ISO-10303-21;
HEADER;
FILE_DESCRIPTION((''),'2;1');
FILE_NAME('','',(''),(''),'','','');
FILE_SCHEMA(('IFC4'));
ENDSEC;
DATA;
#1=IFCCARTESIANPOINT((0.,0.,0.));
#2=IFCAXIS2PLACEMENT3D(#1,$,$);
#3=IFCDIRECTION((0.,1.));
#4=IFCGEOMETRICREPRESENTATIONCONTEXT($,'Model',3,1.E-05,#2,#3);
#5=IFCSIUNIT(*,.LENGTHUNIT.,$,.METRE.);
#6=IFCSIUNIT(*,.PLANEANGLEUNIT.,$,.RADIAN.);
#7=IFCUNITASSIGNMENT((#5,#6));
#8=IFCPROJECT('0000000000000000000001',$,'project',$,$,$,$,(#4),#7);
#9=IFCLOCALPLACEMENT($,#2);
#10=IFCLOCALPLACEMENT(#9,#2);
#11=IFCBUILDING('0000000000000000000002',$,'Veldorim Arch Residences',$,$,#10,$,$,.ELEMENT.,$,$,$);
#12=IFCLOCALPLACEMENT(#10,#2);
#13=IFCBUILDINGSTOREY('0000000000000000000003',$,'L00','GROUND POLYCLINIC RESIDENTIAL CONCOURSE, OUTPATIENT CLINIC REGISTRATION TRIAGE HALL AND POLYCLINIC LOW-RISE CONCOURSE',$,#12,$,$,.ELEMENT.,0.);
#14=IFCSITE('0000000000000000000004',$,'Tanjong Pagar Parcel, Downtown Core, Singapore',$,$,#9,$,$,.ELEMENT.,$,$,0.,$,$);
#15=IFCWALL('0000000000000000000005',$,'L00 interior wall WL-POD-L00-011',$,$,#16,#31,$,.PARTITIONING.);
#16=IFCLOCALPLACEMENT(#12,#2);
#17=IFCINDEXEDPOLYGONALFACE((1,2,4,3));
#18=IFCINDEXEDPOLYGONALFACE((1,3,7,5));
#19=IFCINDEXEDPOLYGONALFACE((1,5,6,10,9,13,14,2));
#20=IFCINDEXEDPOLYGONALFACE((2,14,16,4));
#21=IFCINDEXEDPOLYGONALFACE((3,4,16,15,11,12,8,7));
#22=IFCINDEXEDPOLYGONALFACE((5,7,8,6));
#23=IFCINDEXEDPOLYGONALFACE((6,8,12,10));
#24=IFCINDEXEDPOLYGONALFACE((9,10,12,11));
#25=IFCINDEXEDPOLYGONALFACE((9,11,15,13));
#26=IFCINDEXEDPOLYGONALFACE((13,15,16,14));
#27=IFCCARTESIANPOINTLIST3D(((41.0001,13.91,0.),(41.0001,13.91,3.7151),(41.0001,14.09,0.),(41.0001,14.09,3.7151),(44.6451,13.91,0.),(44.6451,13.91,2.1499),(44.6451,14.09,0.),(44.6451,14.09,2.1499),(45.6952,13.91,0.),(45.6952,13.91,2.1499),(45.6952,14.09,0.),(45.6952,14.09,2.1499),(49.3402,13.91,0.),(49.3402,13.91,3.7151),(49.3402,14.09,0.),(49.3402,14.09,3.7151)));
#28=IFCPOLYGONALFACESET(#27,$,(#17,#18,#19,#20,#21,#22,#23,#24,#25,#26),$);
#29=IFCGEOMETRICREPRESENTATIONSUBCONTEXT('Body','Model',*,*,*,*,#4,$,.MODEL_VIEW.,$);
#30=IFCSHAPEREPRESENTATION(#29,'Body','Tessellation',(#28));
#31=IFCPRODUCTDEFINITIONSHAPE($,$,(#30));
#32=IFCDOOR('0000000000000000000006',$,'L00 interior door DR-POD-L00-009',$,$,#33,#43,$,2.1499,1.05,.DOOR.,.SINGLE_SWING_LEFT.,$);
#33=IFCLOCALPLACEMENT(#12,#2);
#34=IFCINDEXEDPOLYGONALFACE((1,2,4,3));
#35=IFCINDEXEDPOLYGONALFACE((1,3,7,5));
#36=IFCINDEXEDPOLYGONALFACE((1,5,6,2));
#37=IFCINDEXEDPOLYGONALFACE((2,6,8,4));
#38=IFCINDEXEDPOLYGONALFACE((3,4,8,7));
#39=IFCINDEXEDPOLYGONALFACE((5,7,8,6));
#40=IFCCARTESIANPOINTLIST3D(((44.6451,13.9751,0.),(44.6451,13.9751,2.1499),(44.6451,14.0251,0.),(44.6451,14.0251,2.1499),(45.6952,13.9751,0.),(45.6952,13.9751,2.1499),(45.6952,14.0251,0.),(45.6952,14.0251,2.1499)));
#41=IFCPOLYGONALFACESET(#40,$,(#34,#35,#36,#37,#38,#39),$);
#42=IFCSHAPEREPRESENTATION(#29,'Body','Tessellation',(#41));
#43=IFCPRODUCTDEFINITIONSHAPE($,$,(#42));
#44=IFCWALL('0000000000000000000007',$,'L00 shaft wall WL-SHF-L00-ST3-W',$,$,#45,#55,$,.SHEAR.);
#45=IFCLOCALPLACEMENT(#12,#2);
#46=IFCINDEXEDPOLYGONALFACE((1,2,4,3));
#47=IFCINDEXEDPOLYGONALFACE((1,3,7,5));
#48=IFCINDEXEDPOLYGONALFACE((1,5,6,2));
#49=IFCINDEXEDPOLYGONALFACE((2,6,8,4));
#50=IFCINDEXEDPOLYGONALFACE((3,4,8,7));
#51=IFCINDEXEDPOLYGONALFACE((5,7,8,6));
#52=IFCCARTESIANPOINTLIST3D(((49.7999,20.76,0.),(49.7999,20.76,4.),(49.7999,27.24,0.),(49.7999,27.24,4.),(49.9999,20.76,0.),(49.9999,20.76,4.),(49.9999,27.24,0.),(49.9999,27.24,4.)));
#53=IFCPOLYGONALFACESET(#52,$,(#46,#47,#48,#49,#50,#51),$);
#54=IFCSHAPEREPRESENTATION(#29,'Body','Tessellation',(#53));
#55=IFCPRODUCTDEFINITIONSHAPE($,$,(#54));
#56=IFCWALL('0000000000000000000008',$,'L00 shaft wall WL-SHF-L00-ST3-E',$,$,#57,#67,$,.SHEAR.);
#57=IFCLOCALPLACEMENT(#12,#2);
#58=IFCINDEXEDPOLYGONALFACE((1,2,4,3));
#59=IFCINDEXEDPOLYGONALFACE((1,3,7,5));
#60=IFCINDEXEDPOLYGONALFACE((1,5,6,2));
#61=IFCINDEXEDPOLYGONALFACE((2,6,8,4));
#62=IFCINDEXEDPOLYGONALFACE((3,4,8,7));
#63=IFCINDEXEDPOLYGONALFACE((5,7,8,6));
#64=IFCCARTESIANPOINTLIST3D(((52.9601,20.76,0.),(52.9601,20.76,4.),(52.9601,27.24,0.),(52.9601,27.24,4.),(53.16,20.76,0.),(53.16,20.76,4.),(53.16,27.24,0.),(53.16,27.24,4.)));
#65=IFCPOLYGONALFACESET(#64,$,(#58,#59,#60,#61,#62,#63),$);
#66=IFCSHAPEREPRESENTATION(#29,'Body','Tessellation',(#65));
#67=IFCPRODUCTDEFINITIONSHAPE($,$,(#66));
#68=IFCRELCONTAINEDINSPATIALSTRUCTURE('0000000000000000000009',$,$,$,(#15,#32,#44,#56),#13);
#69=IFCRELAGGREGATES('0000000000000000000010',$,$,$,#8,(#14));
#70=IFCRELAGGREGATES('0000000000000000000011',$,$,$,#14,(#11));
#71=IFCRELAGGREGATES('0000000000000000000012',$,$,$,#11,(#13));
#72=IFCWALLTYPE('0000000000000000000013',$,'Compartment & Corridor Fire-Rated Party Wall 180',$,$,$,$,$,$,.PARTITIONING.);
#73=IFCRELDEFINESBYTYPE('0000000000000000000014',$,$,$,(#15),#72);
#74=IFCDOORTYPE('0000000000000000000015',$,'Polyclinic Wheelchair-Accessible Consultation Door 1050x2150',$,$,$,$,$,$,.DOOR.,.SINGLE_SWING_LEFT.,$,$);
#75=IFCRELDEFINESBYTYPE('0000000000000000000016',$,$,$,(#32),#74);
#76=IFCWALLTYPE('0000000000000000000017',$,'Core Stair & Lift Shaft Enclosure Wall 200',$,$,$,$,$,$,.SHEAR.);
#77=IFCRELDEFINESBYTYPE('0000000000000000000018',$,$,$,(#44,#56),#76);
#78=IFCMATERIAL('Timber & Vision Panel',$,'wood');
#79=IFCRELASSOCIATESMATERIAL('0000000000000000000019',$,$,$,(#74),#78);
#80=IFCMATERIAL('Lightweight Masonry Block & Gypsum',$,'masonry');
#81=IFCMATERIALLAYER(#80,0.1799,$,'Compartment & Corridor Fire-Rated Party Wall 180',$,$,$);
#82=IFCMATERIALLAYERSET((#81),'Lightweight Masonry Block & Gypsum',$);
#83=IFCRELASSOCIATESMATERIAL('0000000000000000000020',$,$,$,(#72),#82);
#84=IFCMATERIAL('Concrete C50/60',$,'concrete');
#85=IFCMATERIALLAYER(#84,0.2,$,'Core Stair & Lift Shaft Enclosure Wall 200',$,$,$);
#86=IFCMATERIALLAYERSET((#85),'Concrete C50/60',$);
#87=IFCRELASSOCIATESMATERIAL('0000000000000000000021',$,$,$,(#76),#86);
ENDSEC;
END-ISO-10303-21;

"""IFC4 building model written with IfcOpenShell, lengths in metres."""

from ifc_helpers import new_model, si_unit, direction, frame, frame_2d, origin, place, context, subcontext, project, spatial, rectangle, extrude, material, layer, layer_set, type_object, element, fill, save


model = new_model("IFC4")

# Units and contexts
model_context = context("Model", 3, precision=1e-05, world=origin(), true_north=direction((0.0, 1.0)))
body_context = subcontext(model_context, "Body", "Model", "MODEL_VIEW")
ifc_project = project(units=[si_unit("LENGTHUNIT", "METRE"), si_unit("PLANEANGLEUNIT", "RADIAN")], contexts=[model_context])

# Site, building, storey
site_placement = place(None, origin())
site = spatial("IfcSite", under=ifc_project, at=site_placement, Name="Tanjong Pagar Parcel, Downtown Core, Singapore", CompositionType="ELEMENT", RefElevation=0.0)
building_placement = place(site_placement, origin())
building = spatial("IfcBuilding", under=site, at=building_placement, Name="Veldorim Arch Residences", CompositionType="ELEMENT")
storey_placement = place(building_placement, origin())
storey = spatial("IfcBuildingStorey", under=building, at=storey_placement, Name="L00", Description="GROUND POLYCLINIC RESIDENTIAL CONCOURSE, OUTPATIENT CLINIC REGISTRATION TRIAGE HALL AND POLYCLINIC LOW-RISE CONCOURSE", CompositionType="ELEMENT", Elevation=0.0)

# Shared definitions
ifc_material_1 = material(Name="Timber & Vision Panel", Category="wood")
door_type_1 = type_object("IfcDoorType", Name="Polyclinic Wheelchair-Accessible Consultation Door 1050x2150", OperationType="SINGLE_SWING_LEFT", PredefinedType="DOOR", material=ifc_material_1)

# Shared definitions
ifc_material_2 = material(Name="Lightweight Masonry Block & Gypsum", Category="masonry")
ifc_layer_1 = layer(ifc_material_2, 0.1799, Name="Compartment & Corridor Fire-Rated Party Wall 180")
ifc_layer_set_1 = layer_set([ifc_layer_1], Name="Lightweight Masonry Block & Gypsum")
wall_type_1 = type_object("IfcWallType", Name="Compartment & Corridor Fire-Rated Party Wall 180", PredefinedType="PARTITIONING", material=ifc_layer_set_1)

# Wall, opening, door
wall_1_placement = place(storey_placement, frame((49.3401, 14.0, 0.0), z_axis=(0.0, 0.0, 1.0), x_axis=(-1.0, 0.0, 0.0)))
wall_1 = element("IfcWall", 1, at=wall_1_placement, inside=storey, type_object=wall_type_1, Name="L00 interior wall WL-POD-L00-011", PredefinedType="PARTITIONING", context=body_context, shape_type="SweptSolid", body=[
    extrude(rectangle(XDim=8.3401, YDim=0.1799, at=frame_2d((4.1699, 0.0))), origin(), (0.0, 0.0, 1.0), 3.7151),
])
opening_1_placement = place(wall_1_placement, frame((3.645, 0.0, 0.0)))
opening_1 = element("IfcOpeningElement", 2, at=opening_1_placement, cuts=wall_1, PredefinedType="OPENING", context=body_context, shape_type="SweptSolid", body=[
    extrude(rectangle(XDim=1.05, YDim=2.1499, at=frame_2d((0.5249, 1.075))), frame((0.0, 0.0999, 0.0), z_axis=(0.0, -1.0, 0.0), x_axis=(1.0, 0.0, 0.0)), (0.0, 0.0, 1.0), 0.2),
])
door_1_placement = place(opening_1_placement, origin())
door_1 = element("IfcDoor", 3, at=door_1_placement, inside=storey, type_object=door_type_1, Name="L00 interior door DR-POD-L00-009", OperationType="SINGLE_SWING_LEFT", OverallHeight=2.1499, OverallWidth=1.05, PredefinedType="DOOR", context=body_context, shape_type="SweptSolid", body=[
    extrude(rectangle(XDim=1.05, YDim=2.1499, at=frame_2d((0.5249, 1.075))), frame((0.0, 0.0249, 0.0), z_axis=(0.0, -1.0, 0.0), x_axis=(1.0, 0.0, 0.0)), (0.0, 0.0, 1.0), 0.05),
])
fill(opening_1, door_1)

# Walls
ifc_material_3 = material(Name="Concrete C50/60", Category="concrete")
ifc_layer_2 = layer(ifc_material_3, 0.2, Name="Core Stair & Lift Shaft Enclosure Wall 200")
ifc_layer_set_2 = layer_set([ifc_layer_2], Name="Concrete C50/60")
wall_type_2 = type_object("IfcWallType", Name="Core Stair & Lift Shaft Enclosure Wall 200", PredefinedType="SHEAR", material=ifc_layer_set_2)
for number, where, z_axis, x_axis, name in (
    (4, (49.8999, 20.76, 0.0), (0.0, 0.0, 1.0), (0.0, 1.0, 0.0), "L00 shaft wall WL-SHF-L00-ST3-W"),
    (5, (53.0601, 20.76, 0.0), (0.0, 0.0, 1.0), (0.0, 1.0, 0.0), "L00 shaft wall WL-SHF-L00-ST3-E"),
):
    element("IfcWall", number, at=place(storey_placement, frame(where, z_axis=z_axis, x_axis=x_axis)), inside=storey, type_object=wall_type_2, Name=name, PredefinedType="SHEAR", context=body_context, shape_type="SweptSolid", body=[
        extrude(rectangle(XDim=6.48, YDim=0.2, at=frame_2d((3.24, 0.0))), origin(), (0.0, 0.0, 1.0), 4.0),
    ])

save(model, "model.ifc")
